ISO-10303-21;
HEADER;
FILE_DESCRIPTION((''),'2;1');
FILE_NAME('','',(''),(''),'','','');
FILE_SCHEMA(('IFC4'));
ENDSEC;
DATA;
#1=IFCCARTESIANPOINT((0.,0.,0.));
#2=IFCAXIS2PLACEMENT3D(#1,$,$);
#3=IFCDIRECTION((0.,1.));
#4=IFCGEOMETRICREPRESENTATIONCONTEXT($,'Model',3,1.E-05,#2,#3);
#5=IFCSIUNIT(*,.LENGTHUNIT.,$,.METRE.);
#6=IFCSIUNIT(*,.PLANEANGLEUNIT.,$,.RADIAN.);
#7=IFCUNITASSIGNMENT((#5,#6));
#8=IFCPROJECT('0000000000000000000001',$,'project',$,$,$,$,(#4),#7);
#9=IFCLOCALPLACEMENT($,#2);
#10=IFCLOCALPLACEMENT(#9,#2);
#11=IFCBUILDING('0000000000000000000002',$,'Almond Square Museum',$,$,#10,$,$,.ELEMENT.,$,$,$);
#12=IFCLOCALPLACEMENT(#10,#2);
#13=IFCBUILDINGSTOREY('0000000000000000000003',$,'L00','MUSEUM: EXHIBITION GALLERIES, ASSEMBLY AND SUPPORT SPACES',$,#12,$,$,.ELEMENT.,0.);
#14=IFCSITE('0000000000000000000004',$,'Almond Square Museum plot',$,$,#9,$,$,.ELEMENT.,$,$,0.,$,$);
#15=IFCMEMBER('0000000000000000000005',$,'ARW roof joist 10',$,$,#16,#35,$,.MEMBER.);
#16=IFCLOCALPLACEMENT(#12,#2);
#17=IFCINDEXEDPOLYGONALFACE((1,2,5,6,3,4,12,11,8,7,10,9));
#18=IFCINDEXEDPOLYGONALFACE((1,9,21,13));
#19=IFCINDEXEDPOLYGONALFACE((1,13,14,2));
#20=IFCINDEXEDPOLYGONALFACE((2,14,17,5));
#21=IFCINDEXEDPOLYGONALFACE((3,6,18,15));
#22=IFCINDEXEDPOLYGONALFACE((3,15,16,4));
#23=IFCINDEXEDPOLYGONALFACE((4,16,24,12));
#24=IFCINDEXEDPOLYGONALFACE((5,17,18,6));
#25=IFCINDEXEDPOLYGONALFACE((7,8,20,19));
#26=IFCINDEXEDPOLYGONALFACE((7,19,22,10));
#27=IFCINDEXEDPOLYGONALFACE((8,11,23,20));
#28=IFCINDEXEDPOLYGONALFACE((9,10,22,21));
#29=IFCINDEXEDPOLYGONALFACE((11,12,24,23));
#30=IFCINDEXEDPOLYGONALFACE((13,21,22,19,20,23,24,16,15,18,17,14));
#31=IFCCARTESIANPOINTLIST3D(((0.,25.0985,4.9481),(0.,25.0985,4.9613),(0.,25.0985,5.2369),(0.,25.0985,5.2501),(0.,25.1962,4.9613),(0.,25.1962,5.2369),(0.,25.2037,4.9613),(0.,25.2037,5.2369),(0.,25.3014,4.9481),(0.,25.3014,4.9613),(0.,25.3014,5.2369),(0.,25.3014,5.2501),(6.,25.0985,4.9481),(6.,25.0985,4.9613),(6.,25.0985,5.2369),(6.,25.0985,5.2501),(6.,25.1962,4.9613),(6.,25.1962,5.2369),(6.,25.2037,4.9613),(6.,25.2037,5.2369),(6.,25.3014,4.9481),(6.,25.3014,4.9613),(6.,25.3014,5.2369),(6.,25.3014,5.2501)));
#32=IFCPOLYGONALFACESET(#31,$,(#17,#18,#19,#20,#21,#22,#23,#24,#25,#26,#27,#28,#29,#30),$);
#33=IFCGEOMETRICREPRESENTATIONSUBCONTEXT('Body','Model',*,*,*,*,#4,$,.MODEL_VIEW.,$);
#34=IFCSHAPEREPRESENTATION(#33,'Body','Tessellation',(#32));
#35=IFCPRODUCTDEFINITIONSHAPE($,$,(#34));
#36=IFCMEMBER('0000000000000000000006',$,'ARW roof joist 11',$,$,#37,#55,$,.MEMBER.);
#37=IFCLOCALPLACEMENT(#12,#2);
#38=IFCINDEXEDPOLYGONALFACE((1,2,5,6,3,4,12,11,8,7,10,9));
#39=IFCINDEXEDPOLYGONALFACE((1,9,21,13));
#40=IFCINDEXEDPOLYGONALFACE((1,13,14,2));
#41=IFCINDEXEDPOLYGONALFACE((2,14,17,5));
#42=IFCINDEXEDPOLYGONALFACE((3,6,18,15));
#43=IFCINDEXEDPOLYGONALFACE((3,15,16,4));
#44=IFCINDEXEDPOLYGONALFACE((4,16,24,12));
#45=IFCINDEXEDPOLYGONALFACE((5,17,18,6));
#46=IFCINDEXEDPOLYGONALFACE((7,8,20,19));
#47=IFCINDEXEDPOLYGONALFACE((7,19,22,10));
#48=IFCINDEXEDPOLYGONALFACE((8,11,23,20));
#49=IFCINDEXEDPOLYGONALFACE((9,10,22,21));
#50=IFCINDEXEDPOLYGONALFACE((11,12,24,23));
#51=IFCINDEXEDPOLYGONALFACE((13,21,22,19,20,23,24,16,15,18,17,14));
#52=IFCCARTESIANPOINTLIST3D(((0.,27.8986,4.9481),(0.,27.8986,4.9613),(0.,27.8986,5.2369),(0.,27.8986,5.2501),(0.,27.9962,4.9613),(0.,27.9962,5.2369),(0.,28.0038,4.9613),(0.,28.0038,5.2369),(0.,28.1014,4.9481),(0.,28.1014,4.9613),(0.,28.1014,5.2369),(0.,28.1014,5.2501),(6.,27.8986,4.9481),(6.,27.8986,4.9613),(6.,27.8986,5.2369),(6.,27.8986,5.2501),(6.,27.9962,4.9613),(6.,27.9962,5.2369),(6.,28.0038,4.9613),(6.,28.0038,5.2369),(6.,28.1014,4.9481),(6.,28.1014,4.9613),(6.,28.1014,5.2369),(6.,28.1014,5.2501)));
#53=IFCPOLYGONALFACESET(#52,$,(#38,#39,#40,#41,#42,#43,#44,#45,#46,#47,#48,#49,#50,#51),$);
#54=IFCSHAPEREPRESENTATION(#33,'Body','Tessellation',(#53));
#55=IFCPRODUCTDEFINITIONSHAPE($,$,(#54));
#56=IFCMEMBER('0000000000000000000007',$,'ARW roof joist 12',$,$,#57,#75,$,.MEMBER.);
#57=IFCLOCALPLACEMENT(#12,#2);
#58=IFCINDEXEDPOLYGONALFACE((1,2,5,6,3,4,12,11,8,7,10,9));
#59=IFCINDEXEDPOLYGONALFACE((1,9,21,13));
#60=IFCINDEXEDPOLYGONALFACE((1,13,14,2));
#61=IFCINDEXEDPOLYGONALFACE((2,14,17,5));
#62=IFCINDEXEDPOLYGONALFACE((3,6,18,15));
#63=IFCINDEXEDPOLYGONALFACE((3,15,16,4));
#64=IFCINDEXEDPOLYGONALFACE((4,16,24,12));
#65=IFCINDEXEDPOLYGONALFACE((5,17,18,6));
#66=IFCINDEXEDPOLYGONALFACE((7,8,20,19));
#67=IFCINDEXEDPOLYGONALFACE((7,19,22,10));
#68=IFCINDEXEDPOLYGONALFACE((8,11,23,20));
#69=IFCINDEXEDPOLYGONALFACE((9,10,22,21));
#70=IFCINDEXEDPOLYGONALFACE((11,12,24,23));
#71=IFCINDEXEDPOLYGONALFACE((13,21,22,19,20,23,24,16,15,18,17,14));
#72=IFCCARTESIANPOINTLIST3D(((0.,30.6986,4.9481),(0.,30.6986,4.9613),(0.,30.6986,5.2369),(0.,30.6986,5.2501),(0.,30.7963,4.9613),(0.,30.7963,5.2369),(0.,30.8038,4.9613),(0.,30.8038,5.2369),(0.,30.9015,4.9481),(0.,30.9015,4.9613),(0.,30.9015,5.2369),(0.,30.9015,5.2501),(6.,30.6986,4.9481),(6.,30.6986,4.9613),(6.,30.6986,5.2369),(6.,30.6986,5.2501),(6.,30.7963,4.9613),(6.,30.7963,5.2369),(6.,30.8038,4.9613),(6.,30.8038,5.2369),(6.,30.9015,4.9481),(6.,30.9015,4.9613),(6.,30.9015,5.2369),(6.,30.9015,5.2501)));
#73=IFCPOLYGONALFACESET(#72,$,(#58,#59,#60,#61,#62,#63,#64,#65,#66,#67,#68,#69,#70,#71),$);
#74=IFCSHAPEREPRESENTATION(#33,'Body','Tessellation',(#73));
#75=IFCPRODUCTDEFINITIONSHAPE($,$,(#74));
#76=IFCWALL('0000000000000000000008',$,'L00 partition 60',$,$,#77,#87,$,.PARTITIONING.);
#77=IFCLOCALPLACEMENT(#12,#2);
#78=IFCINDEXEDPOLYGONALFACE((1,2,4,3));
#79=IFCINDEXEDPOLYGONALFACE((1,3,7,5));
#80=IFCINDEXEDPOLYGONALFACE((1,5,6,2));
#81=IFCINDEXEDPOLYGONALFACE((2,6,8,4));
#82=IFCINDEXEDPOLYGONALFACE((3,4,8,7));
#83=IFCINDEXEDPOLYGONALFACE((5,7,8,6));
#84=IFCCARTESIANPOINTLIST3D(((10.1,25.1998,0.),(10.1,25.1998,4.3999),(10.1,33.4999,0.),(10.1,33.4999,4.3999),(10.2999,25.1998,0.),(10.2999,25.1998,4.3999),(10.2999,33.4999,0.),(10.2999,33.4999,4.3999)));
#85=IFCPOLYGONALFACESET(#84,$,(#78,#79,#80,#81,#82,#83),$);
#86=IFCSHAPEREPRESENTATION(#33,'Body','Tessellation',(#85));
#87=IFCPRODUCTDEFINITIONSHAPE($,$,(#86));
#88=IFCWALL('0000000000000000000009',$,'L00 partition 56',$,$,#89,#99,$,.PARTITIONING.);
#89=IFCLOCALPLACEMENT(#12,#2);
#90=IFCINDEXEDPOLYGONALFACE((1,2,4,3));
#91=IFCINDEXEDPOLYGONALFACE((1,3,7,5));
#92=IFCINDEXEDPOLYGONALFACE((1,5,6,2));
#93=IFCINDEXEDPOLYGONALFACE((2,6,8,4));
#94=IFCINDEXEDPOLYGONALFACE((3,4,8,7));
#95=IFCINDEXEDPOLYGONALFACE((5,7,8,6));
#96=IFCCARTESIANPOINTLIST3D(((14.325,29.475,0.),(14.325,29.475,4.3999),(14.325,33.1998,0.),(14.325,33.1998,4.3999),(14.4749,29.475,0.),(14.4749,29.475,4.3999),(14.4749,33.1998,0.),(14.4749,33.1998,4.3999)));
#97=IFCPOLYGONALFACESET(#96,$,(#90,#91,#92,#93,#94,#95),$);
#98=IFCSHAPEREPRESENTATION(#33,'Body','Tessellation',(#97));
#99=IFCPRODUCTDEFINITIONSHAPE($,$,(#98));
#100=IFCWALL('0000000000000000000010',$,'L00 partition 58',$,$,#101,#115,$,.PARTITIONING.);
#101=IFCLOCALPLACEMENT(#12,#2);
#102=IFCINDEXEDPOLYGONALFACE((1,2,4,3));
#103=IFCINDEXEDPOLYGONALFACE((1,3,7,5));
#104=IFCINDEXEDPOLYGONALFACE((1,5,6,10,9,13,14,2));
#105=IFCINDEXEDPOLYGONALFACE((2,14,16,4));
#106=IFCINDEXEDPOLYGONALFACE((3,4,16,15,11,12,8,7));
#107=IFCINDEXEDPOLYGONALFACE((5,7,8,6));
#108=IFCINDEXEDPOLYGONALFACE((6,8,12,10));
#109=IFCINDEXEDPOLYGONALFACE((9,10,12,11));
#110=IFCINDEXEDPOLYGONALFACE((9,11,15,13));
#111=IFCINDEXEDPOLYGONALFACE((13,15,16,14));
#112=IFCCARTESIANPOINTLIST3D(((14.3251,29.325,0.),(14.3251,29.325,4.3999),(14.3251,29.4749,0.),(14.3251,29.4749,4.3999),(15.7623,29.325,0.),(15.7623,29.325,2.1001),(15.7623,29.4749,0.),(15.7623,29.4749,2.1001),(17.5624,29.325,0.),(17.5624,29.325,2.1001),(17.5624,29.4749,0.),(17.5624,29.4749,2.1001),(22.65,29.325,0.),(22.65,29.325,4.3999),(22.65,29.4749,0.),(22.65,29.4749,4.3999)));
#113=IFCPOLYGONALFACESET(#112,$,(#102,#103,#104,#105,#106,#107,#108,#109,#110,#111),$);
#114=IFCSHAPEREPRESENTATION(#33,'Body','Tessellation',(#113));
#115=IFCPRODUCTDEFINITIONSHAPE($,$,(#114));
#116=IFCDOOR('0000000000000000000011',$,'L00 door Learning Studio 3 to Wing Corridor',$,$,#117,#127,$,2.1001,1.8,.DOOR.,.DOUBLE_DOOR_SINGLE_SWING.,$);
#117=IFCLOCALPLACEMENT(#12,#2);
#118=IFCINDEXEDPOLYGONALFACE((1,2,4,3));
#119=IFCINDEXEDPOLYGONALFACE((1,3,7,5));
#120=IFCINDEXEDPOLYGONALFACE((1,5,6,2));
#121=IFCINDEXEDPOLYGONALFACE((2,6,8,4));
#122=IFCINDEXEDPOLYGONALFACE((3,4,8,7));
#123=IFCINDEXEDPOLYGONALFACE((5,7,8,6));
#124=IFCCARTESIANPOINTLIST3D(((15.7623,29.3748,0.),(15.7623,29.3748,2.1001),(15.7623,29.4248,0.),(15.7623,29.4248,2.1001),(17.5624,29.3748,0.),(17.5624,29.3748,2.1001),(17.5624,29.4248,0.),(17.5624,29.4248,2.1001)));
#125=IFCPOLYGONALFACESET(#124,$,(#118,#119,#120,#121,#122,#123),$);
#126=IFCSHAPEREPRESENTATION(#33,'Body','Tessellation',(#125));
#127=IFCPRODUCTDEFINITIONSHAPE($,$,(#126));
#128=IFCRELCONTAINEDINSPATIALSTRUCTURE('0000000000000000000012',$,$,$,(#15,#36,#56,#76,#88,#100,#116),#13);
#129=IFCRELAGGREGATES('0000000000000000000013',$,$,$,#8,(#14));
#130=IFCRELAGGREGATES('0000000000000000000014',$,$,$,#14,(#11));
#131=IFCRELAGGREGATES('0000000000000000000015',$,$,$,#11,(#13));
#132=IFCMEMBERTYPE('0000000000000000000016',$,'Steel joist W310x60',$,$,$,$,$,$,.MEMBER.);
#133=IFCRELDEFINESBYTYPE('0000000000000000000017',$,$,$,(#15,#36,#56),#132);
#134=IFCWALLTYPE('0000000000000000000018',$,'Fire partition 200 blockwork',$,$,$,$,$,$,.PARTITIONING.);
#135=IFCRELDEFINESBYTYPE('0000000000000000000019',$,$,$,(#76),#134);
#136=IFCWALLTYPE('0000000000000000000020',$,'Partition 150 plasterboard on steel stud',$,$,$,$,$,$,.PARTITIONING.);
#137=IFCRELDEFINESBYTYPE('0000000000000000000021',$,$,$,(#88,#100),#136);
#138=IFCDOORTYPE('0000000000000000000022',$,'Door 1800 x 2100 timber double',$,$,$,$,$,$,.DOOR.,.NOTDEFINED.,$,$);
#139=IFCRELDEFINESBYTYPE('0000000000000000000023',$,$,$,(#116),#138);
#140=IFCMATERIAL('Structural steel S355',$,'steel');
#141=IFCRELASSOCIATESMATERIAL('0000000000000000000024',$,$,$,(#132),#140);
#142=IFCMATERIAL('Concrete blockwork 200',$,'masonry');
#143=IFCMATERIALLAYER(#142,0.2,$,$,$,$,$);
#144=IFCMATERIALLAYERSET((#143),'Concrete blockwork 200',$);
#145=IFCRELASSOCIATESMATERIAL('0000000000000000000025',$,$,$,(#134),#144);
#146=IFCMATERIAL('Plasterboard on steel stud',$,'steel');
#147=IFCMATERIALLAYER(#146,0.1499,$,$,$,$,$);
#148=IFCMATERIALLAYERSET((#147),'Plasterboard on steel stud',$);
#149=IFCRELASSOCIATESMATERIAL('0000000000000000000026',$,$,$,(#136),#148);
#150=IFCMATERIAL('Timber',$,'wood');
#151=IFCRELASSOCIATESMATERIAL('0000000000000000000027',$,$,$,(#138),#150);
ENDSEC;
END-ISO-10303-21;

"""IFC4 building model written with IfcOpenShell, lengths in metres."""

from ifc_helpers import new_model, si_unit, direction, frame, frame_2d, origin, origin_2d, place, context, subcontext, project, spatial, rectangle, i_section, extrude, material, layer, layer_set, material_profile, profile_set, type_object, element, fill, save


model = new_model("IFC4")

# Units and contexts
model_context = context("Model", 3, precision=1e-05, world=origin(), true_north=direction((0.0, 1.0)))
body_context = subcontext(model_context, "Body", "Model", "MODEL_VIEW")
ifc_project = project(units=[si_unit("LENGTHUNIT", "METRE"), si_unit("PLANEANGLEUNIT", "RADIAN")], contexts=[model_context])

# Site, building, storey
site_placement = place(None, origin())
site = spatial("IfcSite", under=ifc_project, at=site_placement, Name="Almond Square Museum plot", CompositionType="ELEMENT", RefElevation=0.0)
building_placement = place(site_placement, origin())
building = spatial("IfcBuilding", under=site, at=building_placement, Name="Almond Square Museum", CompositionType="ELEMENT")
storey_placement = place(building_placement, origin())
storey = spatial("IfcBuildingStorey", under=building, at=storey_placement, Name="L00", Description="MUSEUM: EXHIBITION GALLERIES, ASSEMBLY AND SUPPORT SPACES", CompositionType="ELEMENT", Elevation=0.0)

# Members
ifc_material_1 = material(Name="Structural steel S355", Category="steel")
ifc_material_profile_1 = material_profile(ifc_material_1, i_section(OverallWidth=0.2029, OverallDepth=0.302, WebThickness=0.0076, FlangeThickness=0.0132, at=origin_2d()))
ifc_profile_set_1 = profile_set([ifc_material_profile_1], Name="Structural steel S355")
member_type = type_object("IfcMemberType", Name="Steel joist W310x60", PredefinedType="MEMBER", material=ifc_profile_set_1)
for number, where, z_axis, x_axis, name in (
    (1, (6.0, 25.2, 5.0991), (-1.0, 0.0, 0.0), (0.0, -1.0, 0.0), "ARW roof joist 10"),
    (2, (6.0, 28.0, 5.0991), (-1.0, 0.0, 0.0), (0.0, -1.0, 0.0), "ARW roof joist 11"),
    (3, (6.0, 30.8, 5.0991), (-1.0, 0.0, 0.0), (0.0, -1.0, 0.0), "ARW roof joist 12"),
):
    element("IfcMember", number, at=place(storey_placement, frame(where, z_axis=z_axis, x_axis=x_axis)), inside=storey, type_object=member_type, Name=name, PredefinedType="MEMBER", context=body_context, shape_type="SweptSolid", body=[
        extrude(i_section(OverallWidth=0.2029, OverallDepth=0.302, WebThickness=0.0076, FlangeThickness=0.0132, at=origin_2d()), origin(), (0.0, 0.0, 1.0), 6.0),
    ])

# Walls
ifc_material_2 = material(Name="Concrete blockwork 200", Category="masonry")
ifc_layer_1 = layer(ifc_material_2, 0.2)
ifc_layer_set_1 = layer_set([ifc_layer_1], Name="Concrete blockwork 200")
wall_type_1 = type_object("IfcWallType", Name="Fire partition 200 blockwork", PredefinedType="PARTITIONING", material=ifc_layer_set_1)
wall_1_placement = place(storey_placement, frame((10.2, 25.2, 0.0), z_axis=(0.0, 0.0, 1.0), x_axis=(0.0, 1.0, 0.0)))
element("IfcWall", 4, at=wall_1_placement, inside=storey, type_object=wall_type_1, Name="L00 partition 60", PredefinedType="PARTITIONING", context=body_context, shape_type="SweptSolid", body=[
    extrude(rectangle(XDim=8.3, YDim=0.2, at=frame_2d((4.1499, 0.0))), origin(), (0.0, 0.0, 1.0), 4.3999),
])
ifc_material_3 = material(Name="Plasterboard on steel stud", Category="steel")
ifc_layer_2 = layer(ifc_material_3, 0.1499)
ifc_layer_set_2 = layer_set([ifc_layer_2], Name="Plasterboard on steel stud")
wall_type_2 = type_object("IfcWallType", Name="Partition 150 plasterboard on steel stud", PredefinedType="PARTITIONING", material=ifc_layer_set_2)
wall_2_placement = place(storey_placement, frame((14.3999, 29.4751, 0.0), z_axis=(0.0, 0.0, 1.0), x_axis=(0.0, 1.0, 0.0)))
element("IfcWall", 5, at=wall_2_placement, inside=storey, type_object=wall_type_2, Name="L00 partition 56", PredefinedType="PARTITIONING", context=body_context, shape_type="SweptSolid", body=[
    extrude(rectangle(XDim=3.7249, YDim=0.1499, at=frame_2d((1.8623, 0.0))), origin(), (0.0, 0.0, 1.0), 4.3999),
])

# Wall, opening, door
wall_3_placement = place(storey_placement, frame((14.325, 29.3999, 0.0), z_axis=(0.0, 0.0, 1.0), x_axis=(1.0, 0.0, 0.0)))
wall_3 = element("IfcWall", 6, at=wall_3_placement, inside=storey, type_object=wall_type_2, Name="L00 partition 58", PredefinedType="PARTITIONING", context=body_context, shape_type="SweptSolid", body=[
    extrude(rectangle(XDim=8.325, YDim=0.1499, at=frame_2d((4.1626, 0.0))), origin(), (0.0, 0.0, 1.0), 4.3999),
])
opening_1_placement = place(wall_3_placement, frame((1.4375, 0.0, 0.0)))
opening_1 = element("IfcOpeningElement", 7, at=opening_1_placement, cuts=wall_3, PredefinedType="OPENING", context=body_context, shape_type="SweptSolid", body=[
    extrude(rectangle(XDim=1.8, YDim=2.1001, at=frame_2d((0.8999, 1.05))), frame((0.0, 0.085, 0.0), z_axis=(0.0, -1.0, 0.0), x_axis=(1.0, 0.0, 0.0)), (0.0, 0.0, 1.0), 0.1699),
])
ifc_material_4 = material(Name="Timber", Category="wood")
door_type_1 = type_object("IfcDoorType", Name="Door 1800 x 2100 timber double", OperationType="NOTDEFINED", PredefinedType="DOOR", material=ifc_material_4)
door_1_placement = place(opening_1_placement, origin())
door_1 = element("IfcDoor", 8, at=door_1_placement, inside=storey, type_object=door_type_1, Name="L00 door Learning Studio 3 to Wing Corridor", OperationType="DOUBLE_DOOR_SINGLE_SWING", OverallHeight=2.1001, OverallWidth=1.8, PredefinedType="DOOR", context=body_context, shape_type="SweptSolid", body=[
    extrude(rectangle(XDim=1.8, YDim=2.1001, at=frame_2d((0.8999, 1.05))), frame((0.0, 0.0249, 0.0), z_axis=(0.0, -1.0, 0.0), x_axis=(1.0, 0.0, 0.0)), (0.0, 0.0, 1.0), 0.05),
])
fill(opening_1, door_1)

save(model, "model.ifc")
